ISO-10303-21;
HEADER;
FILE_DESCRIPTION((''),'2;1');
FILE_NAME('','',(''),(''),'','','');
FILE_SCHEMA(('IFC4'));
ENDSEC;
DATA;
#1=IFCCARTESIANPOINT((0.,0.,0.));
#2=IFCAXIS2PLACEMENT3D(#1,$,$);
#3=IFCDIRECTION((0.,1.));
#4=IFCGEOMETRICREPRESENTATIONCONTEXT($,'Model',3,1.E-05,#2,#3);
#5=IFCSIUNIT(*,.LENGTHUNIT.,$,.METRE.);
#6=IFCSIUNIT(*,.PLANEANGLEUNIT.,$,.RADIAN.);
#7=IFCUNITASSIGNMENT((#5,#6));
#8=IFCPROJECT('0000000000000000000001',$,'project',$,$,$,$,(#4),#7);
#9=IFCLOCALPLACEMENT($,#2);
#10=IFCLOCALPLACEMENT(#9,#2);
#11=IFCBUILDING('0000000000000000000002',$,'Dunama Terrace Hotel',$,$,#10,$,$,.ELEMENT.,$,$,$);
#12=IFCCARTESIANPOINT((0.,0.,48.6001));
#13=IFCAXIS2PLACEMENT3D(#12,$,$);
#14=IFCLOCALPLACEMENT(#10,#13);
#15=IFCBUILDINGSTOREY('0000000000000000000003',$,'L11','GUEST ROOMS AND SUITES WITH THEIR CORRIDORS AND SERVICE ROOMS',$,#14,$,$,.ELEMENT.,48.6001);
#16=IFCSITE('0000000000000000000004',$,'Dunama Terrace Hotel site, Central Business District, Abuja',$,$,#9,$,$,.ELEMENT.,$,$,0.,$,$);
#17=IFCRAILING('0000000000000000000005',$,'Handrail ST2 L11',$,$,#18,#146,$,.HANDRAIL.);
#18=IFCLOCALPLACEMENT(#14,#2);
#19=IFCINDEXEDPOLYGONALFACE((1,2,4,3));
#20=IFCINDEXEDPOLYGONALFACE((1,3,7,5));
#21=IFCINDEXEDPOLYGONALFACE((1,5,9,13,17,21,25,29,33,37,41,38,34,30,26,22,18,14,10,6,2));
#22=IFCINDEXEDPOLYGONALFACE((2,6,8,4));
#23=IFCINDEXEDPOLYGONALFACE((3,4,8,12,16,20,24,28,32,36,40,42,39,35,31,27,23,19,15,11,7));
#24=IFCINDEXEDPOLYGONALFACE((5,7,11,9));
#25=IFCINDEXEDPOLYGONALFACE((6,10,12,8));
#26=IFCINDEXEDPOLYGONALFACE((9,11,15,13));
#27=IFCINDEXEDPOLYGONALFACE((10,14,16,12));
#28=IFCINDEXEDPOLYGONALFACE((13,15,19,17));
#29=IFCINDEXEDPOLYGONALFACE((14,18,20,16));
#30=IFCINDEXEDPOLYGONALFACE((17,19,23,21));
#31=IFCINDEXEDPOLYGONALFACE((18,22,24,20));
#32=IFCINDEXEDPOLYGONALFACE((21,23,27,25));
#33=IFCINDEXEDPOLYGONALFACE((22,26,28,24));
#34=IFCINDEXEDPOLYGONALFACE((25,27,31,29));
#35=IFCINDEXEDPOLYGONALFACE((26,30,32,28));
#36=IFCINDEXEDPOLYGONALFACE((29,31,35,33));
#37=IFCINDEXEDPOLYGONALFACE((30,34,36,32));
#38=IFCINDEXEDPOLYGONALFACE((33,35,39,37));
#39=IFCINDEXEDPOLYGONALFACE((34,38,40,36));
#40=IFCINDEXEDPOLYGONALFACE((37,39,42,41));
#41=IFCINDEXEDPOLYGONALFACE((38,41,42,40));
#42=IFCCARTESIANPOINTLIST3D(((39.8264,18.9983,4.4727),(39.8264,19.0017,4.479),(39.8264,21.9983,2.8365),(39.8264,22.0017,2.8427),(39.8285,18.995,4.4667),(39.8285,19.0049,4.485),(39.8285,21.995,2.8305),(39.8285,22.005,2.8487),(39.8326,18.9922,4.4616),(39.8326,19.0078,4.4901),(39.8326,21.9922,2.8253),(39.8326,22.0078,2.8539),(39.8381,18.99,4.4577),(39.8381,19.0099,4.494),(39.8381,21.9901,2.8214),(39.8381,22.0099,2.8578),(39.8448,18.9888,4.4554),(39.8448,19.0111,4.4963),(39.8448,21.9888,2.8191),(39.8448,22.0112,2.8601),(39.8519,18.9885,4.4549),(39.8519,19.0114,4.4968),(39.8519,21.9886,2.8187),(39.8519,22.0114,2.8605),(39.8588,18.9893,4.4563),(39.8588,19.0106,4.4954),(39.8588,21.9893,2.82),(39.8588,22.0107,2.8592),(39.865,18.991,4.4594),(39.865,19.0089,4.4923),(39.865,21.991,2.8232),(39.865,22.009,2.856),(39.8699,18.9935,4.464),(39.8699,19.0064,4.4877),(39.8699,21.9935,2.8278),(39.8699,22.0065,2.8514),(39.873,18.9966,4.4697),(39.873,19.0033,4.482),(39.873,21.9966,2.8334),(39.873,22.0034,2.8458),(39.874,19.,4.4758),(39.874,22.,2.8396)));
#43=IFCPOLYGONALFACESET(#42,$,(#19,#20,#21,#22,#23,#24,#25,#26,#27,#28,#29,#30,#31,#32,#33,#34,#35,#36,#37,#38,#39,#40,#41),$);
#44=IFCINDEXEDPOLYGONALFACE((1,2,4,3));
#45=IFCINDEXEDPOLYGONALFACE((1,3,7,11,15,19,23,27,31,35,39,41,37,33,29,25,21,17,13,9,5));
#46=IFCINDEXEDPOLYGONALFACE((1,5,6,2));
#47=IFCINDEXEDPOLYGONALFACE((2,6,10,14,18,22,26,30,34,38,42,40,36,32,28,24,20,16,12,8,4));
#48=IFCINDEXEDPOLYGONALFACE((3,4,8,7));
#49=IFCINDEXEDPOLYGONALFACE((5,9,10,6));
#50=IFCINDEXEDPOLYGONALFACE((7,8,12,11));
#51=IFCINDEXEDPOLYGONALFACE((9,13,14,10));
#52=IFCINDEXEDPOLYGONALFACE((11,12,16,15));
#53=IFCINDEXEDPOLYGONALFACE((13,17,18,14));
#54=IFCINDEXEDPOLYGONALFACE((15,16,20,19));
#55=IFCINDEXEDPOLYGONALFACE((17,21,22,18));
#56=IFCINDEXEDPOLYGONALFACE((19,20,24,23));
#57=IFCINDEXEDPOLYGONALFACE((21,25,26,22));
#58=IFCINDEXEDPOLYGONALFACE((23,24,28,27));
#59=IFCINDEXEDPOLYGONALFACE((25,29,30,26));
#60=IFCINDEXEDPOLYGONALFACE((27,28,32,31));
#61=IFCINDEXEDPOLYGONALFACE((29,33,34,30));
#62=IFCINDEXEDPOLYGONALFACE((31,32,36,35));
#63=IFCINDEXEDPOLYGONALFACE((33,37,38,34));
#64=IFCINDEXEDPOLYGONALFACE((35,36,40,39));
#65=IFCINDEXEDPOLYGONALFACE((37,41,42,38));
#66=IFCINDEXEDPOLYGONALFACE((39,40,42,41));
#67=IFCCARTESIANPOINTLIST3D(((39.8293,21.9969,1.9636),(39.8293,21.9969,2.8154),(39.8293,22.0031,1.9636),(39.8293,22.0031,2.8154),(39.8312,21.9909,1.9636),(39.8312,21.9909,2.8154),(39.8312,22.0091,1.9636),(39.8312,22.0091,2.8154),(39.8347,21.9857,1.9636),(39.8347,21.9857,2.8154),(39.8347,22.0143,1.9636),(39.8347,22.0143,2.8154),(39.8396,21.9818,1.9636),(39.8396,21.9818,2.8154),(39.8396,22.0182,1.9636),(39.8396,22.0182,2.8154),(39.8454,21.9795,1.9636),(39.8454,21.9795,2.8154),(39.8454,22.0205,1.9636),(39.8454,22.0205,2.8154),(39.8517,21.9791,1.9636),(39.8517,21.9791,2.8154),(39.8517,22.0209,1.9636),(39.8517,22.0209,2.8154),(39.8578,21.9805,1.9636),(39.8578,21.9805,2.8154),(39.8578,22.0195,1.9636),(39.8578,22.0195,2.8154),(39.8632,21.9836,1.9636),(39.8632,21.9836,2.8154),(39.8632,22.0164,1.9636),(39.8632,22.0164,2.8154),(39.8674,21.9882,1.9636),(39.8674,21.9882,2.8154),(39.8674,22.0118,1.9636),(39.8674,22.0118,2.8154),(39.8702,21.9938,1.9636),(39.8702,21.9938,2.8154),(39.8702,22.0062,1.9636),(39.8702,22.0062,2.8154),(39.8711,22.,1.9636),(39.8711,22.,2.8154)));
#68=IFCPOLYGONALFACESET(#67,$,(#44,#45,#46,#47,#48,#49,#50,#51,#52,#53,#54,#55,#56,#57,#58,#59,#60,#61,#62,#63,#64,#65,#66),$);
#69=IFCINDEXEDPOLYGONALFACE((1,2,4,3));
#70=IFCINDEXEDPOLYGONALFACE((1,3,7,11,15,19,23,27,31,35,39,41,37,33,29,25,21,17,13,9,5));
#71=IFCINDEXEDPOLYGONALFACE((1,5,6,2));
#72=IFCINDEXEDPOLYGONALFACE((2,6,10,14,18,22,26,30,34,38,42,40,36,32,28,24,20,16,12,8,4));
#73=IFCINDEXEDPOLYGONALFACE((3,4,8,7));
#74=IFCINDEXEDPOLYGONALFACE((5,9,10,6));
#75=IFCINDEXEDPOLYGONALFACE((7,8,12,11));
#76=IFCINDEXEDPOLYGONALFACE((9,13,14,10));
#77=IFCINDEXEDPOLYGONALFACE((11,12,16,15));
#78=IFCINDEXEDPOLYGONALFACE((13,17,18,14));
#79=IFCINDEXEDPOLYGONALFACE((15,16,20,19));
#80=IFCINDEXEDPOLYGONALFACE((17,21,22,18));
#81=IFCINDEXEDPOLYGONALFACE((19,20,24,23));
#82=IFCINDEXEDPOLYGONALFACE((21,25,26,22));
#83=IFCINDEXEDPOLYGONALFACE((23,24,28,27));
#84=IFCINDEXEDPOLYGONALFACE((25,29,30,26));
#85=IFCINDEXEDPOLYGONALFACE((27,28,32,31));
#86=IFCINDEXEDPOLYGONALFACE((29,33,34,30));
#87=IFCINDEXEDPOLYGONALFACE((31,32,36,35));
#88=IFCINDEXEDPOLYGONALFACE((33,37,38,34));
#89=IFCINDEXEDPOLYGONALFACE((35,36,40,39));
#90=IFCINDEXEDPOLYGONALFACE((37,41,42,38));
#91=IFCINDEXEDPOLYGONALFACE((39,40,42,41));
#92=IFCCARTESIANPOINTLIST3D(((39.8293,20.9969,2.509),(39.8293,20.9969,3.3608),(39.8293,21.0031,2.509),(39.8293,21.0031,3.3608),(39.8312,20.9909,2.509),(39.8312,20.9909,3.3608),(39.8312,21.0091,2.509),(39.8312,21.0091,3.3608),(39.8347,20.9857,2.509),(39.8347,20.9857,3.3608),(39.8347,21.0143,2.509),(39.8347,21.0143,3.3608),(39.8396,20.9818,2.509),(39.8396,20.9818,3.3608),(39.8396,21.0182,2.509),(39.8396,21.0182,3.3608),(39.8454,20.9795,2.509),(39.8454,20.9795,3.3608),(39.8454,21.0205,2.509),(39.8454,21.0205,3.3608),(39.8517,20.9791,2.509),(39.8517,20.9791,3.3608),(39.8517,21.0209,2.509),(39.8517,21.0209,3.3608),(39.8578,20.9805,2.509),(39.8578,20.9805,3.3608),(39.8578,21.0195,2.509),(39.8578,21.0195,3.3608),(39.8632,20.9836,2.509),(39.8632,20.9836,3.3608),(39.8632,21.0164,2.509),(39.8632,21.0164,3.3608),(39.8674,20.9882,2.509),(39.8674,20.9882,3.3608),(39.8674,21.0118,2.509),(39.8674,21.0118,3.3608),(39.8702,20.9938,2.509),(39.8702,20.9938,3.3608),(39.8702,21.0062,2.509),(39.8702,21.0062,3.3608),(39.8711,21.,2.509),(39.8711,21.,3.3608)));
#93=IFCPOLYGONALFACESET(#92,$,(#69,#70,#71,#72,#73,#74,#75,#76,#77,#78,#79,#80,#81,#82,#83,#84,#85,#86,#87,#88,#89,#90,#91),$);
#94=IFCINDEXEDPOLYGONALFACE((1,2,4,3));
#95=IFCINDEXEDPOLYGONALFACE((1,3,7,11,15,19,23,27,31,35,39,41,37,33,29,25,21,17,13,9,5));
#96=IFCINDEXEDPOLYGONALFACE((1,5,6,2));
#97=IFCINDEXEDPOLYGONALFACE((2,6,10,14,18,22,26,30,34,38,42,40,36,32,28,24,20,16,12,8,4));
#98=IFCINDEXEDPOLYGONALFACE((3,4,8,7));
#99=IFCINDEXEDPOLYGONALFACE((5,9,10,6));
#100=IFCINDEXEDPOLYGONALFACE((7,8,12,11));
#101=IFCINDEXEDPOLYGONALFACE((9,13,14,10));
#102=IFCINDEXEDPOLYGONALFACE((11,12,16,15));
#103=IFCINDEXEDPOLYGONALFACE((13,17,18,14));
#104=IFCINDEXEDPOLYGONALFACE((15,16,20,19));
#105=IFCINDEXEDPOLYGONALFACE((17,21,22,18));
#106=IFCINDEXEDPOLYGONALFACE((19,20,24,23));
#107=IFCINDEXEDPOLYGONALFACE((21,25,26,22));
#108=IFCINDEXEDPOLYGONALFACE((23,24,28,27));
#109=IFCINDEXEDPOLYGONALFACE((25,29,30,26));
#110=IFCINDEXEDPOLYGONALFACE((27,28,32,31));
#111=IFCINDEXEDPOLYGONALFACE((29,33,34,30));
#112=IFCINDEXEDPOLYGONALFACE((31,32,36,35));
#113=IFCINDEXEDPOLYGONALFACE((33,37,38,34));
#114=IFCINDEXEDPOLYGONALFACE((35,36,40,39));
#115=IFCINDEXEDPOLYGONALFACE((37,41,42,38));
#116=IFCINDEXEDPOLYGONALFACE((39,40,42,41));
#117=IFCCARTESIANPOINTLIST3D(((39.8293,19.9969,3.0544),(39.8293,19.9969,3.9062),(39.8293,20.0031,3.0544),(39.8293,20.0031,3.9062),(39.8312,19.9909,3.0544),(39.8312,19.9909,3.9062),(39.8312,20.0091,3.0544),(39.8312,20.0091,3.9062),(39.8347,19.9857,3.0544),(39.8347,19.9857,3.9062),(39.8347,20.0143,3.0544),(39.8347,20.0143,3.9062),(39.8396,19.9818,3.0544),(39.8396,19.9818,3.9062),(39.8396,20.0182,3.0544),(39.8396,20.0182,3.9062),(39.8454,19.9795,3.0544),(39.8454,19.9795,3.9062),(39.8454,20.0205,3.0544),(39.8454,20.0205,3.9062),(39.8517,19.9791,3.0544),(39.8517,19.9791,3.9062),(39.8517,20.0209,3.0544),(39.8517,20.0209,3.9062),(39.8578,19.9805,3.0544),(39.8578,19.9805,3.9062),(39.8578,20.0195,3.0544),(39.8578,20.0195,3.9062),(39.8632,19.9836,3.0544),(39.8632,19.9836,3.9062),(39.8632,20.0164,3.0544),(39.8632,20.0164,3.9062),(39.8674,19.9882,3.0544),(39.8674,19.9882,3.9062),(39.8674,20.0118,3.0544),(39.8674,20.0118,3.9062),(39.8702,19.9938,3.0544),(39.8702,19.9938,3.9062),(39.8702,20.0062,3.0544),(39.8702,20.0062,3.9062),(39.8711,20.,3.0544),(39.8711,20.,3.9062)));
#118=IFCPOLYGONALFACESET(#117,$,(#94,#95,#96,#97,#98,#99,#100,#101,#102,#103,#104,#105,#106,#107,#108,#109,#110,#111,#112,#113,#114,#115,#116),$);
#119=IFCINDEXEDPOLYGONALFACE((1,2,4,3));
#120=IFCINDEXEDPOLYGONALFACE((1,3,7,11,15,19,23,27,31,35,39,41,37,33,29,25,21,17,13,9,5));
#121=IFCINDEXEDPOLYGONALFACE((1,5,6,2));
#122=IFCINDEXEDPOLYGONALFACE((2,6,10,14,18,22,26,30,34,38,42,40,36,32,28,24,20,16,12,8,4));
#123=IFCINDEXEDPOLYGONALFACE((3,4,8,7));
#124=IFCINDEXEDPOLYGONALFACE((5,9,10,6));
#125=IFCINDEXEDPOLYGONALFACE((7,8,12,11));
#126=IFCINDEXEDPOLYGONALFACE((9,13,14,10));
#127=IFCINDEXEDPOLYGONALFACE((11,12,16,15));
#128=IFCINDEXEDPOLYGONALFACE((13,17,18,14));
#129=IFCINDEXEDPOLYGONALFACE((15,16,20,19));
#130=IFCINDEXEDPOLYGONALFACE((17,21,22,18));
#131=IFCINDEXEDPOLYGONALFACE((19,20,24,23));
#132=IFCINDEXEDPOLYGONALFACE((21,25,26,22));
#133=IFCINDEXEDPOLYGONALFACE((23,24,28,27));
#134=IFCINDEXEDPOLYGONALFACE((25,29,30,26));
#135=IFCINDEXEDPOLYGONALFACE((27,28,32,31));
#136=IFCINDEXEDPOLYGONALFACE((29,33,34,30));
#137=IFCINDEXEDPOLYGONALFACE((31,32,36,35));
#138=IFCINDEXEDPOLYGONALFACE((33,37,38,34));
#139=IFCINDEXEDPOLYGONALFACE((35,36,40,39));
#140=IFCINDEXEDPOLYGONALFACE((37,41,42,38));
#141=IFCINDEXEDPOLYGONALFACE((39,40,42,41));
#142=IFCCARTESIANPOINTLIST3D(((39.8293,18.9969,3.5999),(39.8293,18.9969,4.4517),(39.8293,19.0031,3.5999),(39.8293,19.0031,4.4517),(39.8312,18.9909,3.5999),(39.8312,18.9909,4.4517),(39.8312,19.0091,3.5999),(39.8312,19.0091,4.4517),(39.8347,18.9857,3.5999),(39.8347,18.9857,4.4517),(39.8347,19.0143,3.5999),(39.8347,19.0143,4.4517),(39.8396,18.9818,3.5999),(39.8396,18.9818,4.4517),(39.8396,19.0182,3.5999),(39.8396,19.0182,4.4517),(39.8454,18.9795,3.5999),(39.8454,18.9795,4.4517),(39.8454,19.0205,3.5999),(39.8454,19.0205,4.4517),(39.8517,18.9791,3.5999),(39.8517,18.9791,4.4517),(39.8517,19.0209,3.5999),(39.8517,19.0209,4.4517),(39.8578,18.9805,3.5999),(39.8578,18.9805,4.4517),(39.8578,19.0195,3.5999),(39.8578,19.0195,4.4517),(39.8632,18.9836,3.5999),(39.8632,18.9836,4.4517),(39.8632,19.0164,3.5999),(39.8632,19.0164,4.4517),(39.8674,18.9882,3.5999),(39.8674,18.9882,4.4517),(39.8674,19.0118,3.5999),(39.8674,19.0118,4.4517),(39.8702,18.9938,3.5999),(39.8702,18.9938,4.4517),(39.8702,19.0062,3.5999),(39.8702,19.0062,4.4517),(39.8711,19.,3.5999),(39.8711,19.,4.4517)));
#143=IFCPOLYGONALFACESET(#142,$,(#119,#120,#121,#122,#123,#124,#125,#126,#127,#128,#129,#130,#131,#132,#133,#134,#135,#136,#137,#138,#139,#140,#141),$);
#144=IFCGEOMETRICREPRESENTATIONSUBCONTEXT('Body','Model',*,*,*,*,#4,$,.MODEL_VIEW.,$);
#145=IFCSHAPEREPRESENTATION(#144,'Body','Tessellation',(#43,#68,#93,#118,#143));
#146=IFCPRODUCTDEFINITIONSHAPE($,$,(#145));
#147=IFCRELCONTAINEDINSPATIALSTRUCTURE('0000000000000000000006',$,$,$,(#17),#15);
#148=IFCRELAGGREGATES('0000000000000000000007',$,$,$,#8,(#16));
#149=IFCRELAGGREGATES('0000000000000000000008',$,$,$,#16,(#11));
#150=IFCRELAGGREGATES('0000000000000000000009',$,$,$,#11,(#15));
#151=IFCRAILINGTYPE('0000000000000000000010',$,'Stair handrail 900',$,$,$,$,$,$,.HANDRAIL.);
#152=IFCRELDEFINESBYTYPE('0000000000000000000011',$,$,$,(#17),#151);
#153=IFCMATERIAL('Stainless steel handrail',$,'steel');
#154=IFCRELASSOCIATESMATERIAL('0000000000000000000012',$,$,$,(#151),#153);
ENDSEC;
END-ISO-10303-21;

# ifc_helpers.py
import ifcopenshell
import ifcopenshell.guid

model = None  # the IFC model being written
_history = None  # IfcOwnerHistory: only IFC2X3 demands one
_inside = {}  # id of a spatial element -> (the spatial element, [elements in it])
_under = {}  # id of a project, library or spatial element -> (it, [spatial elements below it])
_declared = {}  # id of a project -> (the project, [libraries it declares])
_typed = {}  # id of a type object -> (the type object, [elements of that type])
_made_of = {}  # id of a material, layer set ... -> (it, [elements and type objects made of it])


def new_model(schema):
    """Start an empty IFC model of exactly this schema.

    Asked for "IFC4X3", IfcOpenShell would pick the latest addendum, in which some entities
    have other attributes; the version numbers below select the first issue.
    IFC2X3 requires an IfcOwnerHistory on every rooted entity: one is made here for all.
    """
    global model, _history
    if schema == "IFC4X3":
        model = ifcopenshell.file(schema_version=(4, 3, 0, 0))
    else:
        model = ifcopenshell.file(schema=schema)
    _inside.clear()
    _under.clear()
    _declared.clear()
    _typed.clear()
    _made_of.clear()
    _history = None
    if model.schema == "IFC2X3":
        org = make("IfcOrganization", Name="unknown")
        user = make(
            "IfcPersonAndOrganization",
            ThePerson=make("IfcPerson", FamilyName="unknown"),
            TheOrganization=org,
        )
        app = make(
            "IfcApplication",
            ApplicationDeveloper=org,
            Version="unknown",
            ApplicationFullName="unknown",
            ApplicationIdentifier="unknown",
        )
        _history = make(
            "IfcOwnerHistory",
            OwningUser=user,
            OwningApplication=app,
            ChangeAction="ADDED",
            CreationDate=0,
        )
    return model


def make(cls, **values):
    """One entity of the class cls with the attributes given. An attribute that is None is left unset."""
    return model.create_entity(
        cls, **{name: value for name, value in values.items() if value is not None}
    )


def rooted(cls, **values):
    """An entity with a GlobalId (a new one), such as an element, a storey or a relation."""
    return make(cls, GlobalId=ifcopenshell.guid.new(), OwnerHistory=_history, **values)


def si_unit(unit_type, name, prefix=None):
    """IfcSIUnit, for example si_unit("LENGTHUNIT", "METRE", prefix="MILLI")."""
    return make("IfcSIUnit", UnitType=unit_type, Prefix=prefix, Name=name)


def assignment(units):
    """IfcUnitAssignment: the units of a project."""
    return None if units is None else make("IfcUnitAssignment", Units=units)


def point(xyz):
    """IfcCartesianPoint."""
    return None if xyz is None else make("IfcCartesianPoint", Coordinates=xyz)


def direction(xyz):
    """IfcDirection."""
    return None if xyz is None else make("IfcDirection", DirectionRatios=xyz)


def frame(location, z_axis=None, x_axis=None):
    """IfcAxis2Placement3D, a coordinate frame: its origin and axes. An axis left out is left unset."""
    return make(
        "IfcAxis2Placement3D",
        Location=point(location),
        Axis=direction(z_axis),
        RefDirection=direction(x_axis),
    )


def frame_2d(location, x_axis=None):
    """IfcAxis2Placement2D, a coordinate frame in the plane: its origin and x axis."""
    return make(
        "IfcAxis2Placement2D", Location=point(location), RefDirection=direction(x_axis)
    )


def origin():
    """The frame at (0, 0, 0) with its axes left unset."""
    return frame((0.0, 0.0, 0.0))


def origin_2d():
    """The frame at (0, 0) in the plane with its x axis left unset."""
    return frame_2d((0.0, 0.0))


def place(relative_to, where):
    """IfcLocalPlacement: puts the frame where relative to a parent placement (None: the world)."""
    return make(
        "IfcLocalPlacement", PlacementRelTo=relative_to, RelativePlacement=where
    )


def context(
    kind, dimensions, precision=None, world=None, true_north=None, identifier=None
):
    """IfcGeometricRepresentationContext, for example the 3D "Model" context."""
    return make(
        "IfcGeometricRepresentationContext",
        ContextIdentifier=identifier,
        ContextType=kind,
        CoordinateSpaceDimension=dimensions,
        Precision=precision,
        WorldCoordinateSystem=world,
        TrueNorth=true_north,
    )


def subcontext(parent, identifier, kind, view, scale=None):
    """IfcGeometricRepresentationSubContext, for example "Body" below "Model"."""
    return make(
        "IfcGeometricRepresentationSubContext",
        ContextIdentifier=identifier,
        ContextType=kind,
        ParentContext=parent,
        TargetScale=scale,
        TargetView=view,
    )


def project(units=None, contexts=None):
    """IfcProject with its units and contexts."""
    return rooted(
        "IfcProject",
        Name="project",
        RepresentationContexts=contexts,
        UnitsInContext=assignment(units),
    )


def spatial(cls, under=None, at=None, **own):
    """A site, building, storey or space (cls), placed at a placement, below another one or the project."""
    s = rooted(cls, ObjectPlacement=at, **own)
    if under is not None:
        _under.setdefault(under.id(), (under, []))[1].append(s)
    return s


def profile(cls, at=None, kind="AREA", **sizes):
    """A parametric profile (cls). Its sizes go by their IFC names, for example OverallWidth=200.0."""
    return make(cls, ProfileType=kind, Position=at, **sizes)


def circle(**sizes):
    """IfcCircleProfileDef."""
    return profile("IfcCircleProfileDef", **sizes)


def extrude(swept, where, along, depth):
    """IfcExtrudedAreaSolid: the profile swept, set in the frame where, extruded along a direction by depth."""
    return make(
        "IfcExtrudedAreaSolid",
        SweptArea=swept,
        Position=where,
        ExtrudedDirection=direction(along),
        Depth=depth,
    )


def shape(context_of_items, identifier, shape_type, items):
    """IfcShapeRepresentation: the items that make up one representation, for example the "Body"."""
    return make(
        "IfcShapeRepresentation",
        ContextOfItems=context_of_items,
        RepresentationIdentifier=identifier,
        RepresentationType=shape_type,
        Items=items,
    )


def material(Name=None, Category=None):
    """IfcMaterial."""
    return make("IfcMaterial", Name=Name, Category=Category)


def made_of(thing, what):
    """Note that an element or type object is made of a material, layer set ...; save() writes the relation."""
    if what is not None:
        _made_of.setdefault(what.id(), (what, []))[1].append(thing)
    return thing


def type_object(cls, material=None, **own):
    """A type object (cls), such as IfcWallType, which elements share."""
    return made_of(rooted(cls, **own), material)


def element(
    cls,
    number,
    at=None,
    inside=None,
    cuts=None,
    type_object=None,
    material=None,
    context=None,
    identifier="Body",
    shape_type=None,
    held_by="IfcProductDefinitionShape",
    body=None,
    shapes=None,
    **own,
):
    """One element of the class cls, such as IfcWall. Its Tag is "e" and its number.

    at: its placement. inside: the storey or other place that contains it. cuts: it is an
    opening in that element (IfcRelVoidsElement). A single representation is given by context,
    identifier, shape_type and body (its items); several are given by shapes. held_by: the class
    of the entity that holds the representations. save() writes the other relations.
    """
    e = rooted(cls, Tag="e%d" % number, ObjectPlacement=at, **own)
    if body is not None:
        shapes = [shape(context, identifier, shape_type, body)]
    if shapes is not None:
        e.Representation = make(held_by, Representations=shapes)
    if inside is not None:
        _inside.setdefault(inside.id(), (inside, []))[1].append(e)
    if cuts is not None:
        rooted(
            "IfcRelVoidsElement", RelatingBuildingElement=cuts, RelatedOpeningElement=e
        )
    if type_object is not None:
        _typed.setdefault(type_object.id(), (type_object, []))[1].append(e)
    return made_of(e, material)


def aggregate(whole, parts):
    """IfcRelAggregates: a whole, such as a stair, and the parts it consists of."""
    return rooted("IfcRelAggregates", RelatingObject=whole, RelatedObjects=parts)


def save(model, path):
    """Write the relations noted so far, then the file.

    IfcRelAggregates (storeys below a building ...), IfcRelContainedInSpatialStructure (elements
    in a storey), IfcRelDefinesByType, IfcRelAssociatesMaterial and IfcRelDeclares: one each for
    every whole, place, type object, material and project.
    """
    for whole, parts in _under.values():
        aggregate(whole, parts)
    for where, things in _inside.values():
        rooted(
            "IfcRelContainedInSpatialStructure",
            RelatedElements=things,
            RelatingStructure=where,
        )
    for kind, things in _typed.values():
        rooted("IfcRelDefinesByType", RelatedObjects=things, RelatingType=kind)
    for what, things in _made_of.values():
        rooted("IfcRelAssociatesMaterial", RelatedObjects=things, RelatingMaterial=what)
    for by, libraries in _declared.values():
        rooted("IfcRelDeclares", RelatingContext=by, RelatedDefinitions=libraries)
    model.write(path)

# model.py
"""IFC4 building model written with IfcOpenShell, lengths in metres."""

from ifc_helpers import new_model, si_unit, direction, frame, origin, origin_2d, place, context, subcontext, project, spatial, circle, extrude, material, type_object, element, save


model = new_model("IFC4")

# Units and contexts
model_context = context("Model", 3, precision=1e-05, world=origin(), true_north=direction((0.0, 1.0)))
body_context = subcontext(model_context, "Body", "Model", "MODEL_VIEW")
ifc_project = project(units=[si_unit("LENGTHUNIT", "METRE"), si_unit("PLANEANGLEUNIT", "RADIAN")], contexts=[model_context])

# Site, building, storey
site_placement = place(None, origin())
site = spatial("IfcSite", under=ifc_project, at=site_placement, Name="Dunama Terrace Hotel site, Central Business District, Abuja", CompositionType="ELEMENT", RefElevation=0.0)
building_placement = place(site_placement, origin())
building = spatial("IfcBuilding", under=site, at=building_placement, Name="Dunama Terrace Hotel", CompositionType="ELEMENT")
storey_placement = place(building_placement, frame((0.0, 0.0, 48.6001)))
storey = spatial("IfcBuildingStorey", under=building, at=storey_placement, Name="L11", Description="GUEST ROOMS AND SUITES WITH THEIR CORRIDORS AND SERVICE ROOMS", CompositionType="ELEMENT", Elevation=48.6001)

# Railing
ifc_material_1 = material(Name="Stainless steel handrail", Category="steel")
railing_type = type_object("IfcRailingType", Name="Stair handrail 900", PredefinedType="HANDRAIL", material=ifc_material_1)
railing_1_placement = place(storey_placement, frame((39.8501, 22.0, 1.9636)))
element("IfcRailing", 1, at=railing_1_placement, inside=storey, type_object=railing_type, Name="Handrail ST2 L11", PredefinedType="HANDRAIL", context=body_context, shape_type="SweptSolid", body=[
    extrude(circle(Radius=0.0239, at=origin_2d()), frame((0.0, 0.0, 0.876), z_axis=(0.0, -0.877912, 0.478822), x_axis=(1.0, 0.0, 0.0)), (0.0, 0.0, 1.0), 3.4172),
    extrude(circle(Radius=0.021, at=origin_2d()), origin(), (0.0, 0.0, 1.0), 0.8518),
    extrude(circle(Radius=0.021, at=origin_2d()), frame((0.0, -1.0, 0.5454)), (0.0, 0.0, 1.0), 0.8518),
    extrude(circle(Radius=0.021, at=origin_2d()), frame((0.0, -2.0, 1.0908)), (0.0, 0.0, 1.0), 0.8518),
    extrude(circle(Radius=0.021, at=origin_2d()), frame((0.0, -3.0, 1.6362)), (0.0, 0.0, 1.0), 0.8518),
])

save(model, "model.ifc")
